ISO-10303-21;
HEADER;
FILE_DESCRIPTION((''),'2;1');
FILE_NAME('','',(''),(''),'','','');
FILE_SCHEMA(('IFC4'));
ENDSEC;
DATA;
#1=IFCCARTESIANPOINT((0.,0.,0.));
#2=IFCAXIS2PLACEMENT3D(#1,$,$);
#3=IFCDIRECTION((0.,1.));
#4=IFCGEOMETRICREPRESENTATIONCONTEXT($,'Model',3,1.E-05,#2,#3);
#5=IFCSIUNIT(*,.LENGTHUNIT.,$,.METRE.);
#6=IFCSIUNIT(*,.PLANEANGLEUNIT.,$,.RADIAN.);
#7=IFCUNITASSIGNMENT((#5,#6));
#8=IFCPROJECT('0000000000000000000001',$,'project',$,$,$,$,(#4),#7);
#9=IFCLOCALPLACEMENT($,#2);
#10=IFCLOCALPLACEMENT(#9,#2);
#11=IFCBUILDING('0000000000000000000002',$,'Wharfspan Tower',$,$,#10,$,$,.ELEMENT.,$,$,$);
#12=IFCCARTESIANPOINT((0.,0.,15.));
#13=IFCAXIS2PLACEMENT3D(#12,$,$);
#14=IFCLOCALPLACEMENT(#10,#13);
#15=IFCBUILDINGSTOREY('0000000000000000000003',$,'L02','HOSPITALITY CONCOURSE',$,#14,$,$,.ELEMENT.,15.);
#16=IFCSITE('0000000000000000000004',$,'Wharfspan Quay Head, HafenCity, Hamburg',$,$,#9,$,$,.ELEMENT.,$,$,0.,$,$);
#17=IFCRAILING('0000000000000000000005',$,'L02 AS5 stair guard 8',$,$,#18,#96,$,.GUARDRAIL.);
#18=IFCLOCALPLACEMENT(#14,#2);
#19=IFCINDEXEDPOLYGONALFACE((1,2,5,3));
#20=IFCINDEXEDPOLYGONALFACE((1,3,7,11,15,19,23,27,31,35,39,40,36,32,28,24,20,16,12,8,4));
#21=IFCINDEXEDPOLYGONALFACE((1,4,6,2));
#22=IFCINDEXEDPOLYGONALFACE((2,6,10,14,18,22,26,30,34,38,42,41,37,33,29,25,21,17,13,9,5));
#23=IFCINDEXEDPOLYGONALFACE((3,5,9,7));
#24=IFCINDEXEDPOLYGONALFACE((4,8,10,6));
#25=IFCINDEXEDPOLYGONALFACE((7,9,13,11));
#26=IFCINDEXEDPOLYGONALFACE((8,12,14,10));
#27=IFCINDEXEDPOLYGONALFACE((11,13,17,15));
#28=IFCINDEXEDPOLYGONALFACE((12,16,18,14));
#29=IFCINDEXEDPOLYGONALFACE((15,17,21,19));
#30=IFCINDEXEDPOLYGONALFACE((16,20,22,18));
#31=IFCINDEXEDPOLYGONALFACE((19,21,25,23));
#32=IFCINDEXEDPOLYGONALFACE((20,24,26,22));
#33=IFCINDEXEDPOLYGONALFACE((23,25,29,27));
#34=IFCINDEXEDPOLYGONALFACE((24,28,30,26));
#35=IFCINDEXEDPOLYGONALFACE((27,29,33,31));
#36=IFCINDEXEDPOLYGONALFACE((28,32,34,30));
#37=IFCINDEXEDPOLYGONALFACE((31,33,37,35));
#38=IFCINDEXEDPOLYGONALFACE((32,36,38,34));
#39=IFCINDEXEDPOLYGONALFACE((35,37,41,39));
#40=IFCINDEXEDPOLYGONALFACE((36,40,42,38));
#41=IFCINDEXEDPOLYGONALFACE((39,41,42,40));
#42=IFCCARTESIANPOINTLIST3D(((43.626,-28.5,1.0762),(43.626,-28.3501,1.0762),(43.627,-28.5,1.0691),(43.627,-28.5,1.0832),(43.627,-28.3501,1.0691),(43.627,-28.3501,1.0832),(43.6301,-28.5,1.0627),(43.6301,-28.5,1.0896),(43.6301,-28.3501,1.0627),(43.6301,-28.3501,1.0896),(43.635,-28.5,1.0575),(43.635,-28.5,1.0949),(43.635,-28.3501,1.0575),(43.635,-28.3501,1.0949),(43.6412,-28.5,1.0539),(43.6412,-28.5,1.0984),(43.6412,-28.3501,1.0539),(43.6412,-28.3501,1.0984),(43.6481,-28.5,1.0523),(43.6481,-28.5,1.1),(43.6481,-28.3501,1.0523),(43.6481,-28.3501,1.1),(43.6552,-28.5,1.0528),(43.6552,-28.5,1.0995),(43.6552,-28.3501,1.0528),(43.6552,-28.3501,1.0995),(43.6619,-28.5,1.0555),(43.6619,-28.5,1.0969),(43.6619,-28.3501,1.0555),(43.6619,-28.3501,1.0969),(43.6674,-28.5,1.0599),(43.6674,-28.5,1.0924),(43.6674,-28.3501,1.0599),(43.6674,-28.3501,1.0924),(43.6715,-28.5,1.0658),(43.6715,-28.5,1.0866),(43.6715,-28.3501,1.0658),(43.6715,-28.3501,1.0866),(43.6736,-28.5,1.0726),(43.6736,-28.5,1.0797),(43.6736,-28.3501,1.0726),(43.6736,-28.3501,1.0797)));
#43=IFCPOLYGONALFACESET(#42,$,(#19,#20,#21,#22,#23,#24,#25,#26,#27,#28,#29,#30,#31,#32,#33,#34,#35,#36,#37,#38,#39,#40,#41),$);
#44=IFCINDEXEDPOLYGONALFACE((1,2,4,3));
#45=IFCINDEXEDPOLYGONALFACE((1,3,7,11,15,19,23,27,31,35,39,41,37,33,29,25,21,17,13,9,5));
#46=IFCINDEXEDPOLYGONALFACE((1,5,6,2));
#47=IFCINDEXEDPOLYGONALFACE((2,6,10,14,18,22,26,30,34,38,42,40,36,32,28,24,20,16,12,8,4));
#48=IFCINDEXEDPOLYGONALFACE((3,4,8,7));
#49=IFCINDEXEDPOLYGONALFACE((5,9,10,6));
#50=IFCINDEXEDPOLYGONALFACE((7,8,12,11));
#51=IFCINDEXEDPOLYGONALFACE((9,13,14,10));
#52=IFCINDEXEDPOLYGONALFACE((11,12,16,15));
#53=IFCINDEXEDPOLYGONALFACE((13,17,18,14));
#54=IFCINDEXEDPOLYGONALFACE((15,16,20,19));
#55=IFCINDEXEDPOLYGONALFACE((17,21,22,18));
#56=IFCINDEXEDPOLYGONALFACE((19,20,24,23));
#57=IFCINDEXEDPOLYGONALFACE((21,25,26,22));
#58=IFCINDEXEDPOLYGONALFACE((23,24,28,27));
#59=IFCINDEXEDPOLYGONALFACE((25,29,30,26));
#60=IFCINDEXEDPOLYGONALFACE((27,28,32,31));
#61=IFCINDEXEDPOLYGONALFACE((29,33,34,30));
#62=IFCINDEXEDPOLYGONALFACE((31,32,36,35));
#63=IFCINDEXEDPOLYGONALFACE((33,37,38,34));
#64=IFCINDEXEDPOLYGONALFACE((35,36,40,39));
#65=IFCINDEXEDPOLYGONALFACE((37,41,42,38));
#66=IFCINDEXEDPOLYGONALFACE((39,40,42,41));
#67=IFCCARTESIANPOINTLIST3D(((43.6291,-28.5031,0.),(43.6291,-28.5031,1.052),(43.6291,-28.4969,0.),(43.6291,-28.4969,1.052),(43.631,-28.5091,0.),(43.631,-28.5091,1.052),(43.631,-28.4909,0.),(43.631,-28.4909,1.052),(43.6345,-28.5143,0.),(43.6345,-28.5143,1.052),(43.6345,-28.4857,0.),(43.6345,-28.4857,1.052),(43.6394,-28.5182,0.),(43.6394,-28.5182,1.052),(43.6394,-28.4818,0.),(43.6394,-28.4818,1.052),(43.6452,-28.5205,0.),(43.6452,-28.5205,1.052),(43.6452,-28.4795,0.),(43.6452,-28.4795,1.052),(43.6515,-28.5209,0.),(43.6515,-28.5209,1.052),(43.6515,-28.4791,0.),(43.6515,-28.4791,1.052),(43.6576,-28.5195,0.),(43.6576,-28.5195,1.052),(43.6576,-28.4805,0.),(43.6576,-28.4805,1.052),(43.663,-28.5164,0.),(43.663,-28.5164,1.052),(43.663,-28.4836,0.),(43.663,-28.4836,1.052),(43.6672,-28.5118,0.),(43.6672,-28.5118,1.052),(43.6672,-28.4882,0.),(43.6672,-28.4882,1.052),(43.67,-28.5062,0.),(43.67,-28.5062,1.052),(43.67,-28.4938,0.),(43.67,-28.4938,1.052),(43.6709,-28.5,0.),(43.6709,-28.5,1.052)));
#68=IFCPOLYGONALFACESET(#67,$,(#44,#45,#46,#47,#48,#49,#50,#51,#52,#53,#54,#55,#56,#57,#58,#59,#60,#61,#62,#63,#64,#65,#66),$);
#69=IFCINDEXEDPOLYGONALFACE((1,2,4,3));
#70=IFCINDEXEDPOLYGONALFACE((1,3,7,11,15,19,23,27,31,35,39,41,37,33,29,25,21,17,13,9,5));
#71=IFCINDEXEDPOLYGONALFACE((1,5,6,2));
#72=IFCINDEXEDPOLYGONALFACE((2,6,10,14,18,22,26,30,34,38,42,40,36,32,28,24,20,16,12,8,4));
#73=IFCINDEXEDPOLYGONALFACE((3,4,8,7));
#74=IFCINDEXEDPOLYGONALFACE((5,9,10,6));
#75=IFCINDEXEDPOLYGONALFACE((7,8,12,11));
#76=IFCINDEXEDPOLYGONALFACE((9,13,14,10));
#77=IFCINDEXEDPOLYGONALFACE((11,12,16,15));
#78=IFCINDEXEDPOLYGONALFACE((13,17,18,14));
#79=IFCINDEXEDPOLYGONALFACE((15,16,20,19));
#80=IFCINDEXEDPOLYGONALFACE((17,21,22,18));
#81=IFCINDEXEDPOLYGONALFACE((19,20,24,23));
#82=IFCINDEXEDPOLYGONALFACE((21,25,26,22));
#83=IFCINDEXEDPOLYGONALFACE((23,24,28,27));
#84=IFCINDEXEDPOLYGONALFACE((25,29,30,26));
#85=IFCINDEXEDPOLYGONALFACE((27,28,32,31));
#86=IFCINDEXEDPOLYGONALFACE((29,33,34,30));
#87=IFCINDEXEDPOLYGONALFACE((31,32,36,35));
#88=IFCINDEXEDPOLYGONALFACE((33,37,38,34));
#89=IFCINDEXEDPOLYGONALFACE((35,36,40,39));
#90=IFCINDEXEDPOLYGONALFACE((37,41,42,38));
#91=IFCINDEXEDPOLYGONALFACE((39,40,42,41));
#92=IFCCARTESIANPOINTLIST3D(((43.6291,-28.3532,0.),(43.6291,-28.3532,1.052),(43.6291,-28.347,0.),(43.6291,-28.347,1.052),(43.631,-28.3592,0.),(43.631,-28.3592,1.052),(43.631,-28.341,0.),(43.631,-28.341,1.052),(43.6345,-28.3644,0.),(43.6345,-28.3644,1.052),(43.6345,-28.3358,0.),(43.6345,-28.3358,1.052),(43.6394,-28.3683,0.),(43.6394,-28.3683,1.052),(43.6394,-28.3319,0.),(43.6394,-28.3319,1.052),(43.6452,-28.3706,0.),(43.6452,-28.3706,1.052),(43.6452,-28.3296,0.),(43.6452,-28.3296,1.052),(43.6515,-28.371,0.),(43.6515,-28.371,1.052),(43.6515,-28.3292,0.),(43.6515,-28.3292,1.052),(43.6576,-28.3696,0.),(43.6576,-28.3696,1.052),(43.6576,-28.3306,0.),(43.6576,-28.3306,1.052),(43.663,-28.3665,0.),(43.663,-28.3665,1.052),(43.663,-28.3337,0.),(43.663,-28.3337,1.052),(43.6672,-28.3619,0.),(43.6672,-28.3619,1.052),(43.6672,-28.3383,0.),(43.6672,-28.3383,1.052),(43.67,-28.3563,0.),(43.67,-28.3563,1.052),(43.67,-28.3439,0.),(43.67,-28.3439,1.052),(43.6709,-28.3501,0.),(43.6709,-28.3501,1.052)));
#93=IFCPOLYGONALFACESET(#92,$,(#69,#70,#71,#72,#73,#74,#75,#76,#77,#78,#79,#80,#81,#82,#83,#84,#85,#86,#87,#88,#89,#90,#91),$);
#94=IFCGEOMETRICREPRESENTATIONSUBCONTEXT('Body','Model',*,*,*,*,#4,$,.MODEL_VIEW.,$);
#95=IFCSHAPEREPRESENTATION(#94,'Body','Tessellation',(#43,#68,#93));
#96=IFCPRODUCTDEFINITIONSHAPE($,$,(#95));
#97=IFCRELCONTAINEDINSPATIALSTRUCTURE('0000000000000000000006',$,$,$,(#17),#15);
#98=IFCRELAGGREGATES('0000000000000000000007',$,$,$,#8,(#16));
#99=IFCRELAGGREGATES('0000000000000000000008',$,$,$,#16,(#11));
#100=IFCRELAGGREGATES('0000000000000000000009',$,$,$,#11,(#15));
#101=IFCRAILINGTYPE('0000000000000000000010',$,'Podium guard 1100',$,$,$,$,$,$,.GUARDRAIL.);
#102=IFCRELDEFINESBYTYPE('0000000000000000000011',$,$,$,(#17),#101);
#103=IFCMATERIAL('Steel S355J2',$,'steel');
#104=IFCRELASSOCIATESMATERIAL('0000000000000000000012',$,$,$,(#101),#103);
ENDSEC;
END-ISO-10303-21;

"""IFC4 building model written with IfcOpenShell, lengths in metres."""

from ifc_helpers import new_model, si_unit, direction, frame, origin, origin_2d, place, context, subcontext, project, spatial, circle, extrude, material, type_object, element, save


model = new_model("IFC4")

# Units and contexts
model_context = context("Model", 3, precision=1e-05, world=origin(), true_north=direction((0.0, 1.0)))
body_context = subcontext(model_context, "Body", "Model", "MODEL_VIEW")
ifc_project = project(units=[si_unit("LENGTHUNIT", "METRE"), si_unit("PLANEANGLEUNIT", "RADIAN")], contexts=[model_context])

# Site, building, storey
site_placement = place(None, origin())
site = spatial("IfcSite", under=ifc_project, at=site_placement, Name="Wharfspan Quay Head, HafenCity, Hamburg", CompositionType="ELEMENT", RefElevation=0.0)
building_placement = place(site_placement, origin())
building = spatial("IfcBuilding", under=site, at=building_placement, Name="Wharfspan Tower", CompositionType="ELEMENT")
storey_placement = place(building_placement, frame((0.0, 0.0, 15.0)))
storey = spatial("IfcBuildingStorey", under=building, at=storey_placement, Name="L02", Description="HOSPITALITY CONCOURSE", CompositionType="ELEMENT", Elevation=15.0)

# Railing
ifc_material_1 = material(Name="Steel S355J2", Category="steel")
railing_type_1 = type_object("IfcRailingType", Name="Podium guard 1100", PredefinedType="GUARDRAIL", material=ifc_material_1)
railing_1_placement = place(storey_placement, frame((43.6499, -28.5, 0.0)))
element("IfcRailing", 1, at=railing_1_placement, inside=storey, type_object=railing_type_1, Name="L02 AS5 stair guard 8", PredefinedType="GUARDRAIL", context=body_context, shape_type="SweptSolid", body=[
    extrude(circle(Radius=0.0239, at=origin_2d()), frame((0.0, 0.0, 1.0762), z_axis=(0.0, 1.0, 0.0), x_axis=(-1.0, 0.0, 0.0)), (0.0, 0.0, 1.0), 0.1499),
    extrude(circle(Radius=0.021, at=origin_2d()), origin(), (0.0, 0.0, 1.0), 1.052),
    extrude(circle(Radius=0.021, at=origin_2d()), frame((0.0, 0.1499, 0.0)), (0.0, 0.0, 1.0), 1.052),
])

save(model, "model.ifc")
